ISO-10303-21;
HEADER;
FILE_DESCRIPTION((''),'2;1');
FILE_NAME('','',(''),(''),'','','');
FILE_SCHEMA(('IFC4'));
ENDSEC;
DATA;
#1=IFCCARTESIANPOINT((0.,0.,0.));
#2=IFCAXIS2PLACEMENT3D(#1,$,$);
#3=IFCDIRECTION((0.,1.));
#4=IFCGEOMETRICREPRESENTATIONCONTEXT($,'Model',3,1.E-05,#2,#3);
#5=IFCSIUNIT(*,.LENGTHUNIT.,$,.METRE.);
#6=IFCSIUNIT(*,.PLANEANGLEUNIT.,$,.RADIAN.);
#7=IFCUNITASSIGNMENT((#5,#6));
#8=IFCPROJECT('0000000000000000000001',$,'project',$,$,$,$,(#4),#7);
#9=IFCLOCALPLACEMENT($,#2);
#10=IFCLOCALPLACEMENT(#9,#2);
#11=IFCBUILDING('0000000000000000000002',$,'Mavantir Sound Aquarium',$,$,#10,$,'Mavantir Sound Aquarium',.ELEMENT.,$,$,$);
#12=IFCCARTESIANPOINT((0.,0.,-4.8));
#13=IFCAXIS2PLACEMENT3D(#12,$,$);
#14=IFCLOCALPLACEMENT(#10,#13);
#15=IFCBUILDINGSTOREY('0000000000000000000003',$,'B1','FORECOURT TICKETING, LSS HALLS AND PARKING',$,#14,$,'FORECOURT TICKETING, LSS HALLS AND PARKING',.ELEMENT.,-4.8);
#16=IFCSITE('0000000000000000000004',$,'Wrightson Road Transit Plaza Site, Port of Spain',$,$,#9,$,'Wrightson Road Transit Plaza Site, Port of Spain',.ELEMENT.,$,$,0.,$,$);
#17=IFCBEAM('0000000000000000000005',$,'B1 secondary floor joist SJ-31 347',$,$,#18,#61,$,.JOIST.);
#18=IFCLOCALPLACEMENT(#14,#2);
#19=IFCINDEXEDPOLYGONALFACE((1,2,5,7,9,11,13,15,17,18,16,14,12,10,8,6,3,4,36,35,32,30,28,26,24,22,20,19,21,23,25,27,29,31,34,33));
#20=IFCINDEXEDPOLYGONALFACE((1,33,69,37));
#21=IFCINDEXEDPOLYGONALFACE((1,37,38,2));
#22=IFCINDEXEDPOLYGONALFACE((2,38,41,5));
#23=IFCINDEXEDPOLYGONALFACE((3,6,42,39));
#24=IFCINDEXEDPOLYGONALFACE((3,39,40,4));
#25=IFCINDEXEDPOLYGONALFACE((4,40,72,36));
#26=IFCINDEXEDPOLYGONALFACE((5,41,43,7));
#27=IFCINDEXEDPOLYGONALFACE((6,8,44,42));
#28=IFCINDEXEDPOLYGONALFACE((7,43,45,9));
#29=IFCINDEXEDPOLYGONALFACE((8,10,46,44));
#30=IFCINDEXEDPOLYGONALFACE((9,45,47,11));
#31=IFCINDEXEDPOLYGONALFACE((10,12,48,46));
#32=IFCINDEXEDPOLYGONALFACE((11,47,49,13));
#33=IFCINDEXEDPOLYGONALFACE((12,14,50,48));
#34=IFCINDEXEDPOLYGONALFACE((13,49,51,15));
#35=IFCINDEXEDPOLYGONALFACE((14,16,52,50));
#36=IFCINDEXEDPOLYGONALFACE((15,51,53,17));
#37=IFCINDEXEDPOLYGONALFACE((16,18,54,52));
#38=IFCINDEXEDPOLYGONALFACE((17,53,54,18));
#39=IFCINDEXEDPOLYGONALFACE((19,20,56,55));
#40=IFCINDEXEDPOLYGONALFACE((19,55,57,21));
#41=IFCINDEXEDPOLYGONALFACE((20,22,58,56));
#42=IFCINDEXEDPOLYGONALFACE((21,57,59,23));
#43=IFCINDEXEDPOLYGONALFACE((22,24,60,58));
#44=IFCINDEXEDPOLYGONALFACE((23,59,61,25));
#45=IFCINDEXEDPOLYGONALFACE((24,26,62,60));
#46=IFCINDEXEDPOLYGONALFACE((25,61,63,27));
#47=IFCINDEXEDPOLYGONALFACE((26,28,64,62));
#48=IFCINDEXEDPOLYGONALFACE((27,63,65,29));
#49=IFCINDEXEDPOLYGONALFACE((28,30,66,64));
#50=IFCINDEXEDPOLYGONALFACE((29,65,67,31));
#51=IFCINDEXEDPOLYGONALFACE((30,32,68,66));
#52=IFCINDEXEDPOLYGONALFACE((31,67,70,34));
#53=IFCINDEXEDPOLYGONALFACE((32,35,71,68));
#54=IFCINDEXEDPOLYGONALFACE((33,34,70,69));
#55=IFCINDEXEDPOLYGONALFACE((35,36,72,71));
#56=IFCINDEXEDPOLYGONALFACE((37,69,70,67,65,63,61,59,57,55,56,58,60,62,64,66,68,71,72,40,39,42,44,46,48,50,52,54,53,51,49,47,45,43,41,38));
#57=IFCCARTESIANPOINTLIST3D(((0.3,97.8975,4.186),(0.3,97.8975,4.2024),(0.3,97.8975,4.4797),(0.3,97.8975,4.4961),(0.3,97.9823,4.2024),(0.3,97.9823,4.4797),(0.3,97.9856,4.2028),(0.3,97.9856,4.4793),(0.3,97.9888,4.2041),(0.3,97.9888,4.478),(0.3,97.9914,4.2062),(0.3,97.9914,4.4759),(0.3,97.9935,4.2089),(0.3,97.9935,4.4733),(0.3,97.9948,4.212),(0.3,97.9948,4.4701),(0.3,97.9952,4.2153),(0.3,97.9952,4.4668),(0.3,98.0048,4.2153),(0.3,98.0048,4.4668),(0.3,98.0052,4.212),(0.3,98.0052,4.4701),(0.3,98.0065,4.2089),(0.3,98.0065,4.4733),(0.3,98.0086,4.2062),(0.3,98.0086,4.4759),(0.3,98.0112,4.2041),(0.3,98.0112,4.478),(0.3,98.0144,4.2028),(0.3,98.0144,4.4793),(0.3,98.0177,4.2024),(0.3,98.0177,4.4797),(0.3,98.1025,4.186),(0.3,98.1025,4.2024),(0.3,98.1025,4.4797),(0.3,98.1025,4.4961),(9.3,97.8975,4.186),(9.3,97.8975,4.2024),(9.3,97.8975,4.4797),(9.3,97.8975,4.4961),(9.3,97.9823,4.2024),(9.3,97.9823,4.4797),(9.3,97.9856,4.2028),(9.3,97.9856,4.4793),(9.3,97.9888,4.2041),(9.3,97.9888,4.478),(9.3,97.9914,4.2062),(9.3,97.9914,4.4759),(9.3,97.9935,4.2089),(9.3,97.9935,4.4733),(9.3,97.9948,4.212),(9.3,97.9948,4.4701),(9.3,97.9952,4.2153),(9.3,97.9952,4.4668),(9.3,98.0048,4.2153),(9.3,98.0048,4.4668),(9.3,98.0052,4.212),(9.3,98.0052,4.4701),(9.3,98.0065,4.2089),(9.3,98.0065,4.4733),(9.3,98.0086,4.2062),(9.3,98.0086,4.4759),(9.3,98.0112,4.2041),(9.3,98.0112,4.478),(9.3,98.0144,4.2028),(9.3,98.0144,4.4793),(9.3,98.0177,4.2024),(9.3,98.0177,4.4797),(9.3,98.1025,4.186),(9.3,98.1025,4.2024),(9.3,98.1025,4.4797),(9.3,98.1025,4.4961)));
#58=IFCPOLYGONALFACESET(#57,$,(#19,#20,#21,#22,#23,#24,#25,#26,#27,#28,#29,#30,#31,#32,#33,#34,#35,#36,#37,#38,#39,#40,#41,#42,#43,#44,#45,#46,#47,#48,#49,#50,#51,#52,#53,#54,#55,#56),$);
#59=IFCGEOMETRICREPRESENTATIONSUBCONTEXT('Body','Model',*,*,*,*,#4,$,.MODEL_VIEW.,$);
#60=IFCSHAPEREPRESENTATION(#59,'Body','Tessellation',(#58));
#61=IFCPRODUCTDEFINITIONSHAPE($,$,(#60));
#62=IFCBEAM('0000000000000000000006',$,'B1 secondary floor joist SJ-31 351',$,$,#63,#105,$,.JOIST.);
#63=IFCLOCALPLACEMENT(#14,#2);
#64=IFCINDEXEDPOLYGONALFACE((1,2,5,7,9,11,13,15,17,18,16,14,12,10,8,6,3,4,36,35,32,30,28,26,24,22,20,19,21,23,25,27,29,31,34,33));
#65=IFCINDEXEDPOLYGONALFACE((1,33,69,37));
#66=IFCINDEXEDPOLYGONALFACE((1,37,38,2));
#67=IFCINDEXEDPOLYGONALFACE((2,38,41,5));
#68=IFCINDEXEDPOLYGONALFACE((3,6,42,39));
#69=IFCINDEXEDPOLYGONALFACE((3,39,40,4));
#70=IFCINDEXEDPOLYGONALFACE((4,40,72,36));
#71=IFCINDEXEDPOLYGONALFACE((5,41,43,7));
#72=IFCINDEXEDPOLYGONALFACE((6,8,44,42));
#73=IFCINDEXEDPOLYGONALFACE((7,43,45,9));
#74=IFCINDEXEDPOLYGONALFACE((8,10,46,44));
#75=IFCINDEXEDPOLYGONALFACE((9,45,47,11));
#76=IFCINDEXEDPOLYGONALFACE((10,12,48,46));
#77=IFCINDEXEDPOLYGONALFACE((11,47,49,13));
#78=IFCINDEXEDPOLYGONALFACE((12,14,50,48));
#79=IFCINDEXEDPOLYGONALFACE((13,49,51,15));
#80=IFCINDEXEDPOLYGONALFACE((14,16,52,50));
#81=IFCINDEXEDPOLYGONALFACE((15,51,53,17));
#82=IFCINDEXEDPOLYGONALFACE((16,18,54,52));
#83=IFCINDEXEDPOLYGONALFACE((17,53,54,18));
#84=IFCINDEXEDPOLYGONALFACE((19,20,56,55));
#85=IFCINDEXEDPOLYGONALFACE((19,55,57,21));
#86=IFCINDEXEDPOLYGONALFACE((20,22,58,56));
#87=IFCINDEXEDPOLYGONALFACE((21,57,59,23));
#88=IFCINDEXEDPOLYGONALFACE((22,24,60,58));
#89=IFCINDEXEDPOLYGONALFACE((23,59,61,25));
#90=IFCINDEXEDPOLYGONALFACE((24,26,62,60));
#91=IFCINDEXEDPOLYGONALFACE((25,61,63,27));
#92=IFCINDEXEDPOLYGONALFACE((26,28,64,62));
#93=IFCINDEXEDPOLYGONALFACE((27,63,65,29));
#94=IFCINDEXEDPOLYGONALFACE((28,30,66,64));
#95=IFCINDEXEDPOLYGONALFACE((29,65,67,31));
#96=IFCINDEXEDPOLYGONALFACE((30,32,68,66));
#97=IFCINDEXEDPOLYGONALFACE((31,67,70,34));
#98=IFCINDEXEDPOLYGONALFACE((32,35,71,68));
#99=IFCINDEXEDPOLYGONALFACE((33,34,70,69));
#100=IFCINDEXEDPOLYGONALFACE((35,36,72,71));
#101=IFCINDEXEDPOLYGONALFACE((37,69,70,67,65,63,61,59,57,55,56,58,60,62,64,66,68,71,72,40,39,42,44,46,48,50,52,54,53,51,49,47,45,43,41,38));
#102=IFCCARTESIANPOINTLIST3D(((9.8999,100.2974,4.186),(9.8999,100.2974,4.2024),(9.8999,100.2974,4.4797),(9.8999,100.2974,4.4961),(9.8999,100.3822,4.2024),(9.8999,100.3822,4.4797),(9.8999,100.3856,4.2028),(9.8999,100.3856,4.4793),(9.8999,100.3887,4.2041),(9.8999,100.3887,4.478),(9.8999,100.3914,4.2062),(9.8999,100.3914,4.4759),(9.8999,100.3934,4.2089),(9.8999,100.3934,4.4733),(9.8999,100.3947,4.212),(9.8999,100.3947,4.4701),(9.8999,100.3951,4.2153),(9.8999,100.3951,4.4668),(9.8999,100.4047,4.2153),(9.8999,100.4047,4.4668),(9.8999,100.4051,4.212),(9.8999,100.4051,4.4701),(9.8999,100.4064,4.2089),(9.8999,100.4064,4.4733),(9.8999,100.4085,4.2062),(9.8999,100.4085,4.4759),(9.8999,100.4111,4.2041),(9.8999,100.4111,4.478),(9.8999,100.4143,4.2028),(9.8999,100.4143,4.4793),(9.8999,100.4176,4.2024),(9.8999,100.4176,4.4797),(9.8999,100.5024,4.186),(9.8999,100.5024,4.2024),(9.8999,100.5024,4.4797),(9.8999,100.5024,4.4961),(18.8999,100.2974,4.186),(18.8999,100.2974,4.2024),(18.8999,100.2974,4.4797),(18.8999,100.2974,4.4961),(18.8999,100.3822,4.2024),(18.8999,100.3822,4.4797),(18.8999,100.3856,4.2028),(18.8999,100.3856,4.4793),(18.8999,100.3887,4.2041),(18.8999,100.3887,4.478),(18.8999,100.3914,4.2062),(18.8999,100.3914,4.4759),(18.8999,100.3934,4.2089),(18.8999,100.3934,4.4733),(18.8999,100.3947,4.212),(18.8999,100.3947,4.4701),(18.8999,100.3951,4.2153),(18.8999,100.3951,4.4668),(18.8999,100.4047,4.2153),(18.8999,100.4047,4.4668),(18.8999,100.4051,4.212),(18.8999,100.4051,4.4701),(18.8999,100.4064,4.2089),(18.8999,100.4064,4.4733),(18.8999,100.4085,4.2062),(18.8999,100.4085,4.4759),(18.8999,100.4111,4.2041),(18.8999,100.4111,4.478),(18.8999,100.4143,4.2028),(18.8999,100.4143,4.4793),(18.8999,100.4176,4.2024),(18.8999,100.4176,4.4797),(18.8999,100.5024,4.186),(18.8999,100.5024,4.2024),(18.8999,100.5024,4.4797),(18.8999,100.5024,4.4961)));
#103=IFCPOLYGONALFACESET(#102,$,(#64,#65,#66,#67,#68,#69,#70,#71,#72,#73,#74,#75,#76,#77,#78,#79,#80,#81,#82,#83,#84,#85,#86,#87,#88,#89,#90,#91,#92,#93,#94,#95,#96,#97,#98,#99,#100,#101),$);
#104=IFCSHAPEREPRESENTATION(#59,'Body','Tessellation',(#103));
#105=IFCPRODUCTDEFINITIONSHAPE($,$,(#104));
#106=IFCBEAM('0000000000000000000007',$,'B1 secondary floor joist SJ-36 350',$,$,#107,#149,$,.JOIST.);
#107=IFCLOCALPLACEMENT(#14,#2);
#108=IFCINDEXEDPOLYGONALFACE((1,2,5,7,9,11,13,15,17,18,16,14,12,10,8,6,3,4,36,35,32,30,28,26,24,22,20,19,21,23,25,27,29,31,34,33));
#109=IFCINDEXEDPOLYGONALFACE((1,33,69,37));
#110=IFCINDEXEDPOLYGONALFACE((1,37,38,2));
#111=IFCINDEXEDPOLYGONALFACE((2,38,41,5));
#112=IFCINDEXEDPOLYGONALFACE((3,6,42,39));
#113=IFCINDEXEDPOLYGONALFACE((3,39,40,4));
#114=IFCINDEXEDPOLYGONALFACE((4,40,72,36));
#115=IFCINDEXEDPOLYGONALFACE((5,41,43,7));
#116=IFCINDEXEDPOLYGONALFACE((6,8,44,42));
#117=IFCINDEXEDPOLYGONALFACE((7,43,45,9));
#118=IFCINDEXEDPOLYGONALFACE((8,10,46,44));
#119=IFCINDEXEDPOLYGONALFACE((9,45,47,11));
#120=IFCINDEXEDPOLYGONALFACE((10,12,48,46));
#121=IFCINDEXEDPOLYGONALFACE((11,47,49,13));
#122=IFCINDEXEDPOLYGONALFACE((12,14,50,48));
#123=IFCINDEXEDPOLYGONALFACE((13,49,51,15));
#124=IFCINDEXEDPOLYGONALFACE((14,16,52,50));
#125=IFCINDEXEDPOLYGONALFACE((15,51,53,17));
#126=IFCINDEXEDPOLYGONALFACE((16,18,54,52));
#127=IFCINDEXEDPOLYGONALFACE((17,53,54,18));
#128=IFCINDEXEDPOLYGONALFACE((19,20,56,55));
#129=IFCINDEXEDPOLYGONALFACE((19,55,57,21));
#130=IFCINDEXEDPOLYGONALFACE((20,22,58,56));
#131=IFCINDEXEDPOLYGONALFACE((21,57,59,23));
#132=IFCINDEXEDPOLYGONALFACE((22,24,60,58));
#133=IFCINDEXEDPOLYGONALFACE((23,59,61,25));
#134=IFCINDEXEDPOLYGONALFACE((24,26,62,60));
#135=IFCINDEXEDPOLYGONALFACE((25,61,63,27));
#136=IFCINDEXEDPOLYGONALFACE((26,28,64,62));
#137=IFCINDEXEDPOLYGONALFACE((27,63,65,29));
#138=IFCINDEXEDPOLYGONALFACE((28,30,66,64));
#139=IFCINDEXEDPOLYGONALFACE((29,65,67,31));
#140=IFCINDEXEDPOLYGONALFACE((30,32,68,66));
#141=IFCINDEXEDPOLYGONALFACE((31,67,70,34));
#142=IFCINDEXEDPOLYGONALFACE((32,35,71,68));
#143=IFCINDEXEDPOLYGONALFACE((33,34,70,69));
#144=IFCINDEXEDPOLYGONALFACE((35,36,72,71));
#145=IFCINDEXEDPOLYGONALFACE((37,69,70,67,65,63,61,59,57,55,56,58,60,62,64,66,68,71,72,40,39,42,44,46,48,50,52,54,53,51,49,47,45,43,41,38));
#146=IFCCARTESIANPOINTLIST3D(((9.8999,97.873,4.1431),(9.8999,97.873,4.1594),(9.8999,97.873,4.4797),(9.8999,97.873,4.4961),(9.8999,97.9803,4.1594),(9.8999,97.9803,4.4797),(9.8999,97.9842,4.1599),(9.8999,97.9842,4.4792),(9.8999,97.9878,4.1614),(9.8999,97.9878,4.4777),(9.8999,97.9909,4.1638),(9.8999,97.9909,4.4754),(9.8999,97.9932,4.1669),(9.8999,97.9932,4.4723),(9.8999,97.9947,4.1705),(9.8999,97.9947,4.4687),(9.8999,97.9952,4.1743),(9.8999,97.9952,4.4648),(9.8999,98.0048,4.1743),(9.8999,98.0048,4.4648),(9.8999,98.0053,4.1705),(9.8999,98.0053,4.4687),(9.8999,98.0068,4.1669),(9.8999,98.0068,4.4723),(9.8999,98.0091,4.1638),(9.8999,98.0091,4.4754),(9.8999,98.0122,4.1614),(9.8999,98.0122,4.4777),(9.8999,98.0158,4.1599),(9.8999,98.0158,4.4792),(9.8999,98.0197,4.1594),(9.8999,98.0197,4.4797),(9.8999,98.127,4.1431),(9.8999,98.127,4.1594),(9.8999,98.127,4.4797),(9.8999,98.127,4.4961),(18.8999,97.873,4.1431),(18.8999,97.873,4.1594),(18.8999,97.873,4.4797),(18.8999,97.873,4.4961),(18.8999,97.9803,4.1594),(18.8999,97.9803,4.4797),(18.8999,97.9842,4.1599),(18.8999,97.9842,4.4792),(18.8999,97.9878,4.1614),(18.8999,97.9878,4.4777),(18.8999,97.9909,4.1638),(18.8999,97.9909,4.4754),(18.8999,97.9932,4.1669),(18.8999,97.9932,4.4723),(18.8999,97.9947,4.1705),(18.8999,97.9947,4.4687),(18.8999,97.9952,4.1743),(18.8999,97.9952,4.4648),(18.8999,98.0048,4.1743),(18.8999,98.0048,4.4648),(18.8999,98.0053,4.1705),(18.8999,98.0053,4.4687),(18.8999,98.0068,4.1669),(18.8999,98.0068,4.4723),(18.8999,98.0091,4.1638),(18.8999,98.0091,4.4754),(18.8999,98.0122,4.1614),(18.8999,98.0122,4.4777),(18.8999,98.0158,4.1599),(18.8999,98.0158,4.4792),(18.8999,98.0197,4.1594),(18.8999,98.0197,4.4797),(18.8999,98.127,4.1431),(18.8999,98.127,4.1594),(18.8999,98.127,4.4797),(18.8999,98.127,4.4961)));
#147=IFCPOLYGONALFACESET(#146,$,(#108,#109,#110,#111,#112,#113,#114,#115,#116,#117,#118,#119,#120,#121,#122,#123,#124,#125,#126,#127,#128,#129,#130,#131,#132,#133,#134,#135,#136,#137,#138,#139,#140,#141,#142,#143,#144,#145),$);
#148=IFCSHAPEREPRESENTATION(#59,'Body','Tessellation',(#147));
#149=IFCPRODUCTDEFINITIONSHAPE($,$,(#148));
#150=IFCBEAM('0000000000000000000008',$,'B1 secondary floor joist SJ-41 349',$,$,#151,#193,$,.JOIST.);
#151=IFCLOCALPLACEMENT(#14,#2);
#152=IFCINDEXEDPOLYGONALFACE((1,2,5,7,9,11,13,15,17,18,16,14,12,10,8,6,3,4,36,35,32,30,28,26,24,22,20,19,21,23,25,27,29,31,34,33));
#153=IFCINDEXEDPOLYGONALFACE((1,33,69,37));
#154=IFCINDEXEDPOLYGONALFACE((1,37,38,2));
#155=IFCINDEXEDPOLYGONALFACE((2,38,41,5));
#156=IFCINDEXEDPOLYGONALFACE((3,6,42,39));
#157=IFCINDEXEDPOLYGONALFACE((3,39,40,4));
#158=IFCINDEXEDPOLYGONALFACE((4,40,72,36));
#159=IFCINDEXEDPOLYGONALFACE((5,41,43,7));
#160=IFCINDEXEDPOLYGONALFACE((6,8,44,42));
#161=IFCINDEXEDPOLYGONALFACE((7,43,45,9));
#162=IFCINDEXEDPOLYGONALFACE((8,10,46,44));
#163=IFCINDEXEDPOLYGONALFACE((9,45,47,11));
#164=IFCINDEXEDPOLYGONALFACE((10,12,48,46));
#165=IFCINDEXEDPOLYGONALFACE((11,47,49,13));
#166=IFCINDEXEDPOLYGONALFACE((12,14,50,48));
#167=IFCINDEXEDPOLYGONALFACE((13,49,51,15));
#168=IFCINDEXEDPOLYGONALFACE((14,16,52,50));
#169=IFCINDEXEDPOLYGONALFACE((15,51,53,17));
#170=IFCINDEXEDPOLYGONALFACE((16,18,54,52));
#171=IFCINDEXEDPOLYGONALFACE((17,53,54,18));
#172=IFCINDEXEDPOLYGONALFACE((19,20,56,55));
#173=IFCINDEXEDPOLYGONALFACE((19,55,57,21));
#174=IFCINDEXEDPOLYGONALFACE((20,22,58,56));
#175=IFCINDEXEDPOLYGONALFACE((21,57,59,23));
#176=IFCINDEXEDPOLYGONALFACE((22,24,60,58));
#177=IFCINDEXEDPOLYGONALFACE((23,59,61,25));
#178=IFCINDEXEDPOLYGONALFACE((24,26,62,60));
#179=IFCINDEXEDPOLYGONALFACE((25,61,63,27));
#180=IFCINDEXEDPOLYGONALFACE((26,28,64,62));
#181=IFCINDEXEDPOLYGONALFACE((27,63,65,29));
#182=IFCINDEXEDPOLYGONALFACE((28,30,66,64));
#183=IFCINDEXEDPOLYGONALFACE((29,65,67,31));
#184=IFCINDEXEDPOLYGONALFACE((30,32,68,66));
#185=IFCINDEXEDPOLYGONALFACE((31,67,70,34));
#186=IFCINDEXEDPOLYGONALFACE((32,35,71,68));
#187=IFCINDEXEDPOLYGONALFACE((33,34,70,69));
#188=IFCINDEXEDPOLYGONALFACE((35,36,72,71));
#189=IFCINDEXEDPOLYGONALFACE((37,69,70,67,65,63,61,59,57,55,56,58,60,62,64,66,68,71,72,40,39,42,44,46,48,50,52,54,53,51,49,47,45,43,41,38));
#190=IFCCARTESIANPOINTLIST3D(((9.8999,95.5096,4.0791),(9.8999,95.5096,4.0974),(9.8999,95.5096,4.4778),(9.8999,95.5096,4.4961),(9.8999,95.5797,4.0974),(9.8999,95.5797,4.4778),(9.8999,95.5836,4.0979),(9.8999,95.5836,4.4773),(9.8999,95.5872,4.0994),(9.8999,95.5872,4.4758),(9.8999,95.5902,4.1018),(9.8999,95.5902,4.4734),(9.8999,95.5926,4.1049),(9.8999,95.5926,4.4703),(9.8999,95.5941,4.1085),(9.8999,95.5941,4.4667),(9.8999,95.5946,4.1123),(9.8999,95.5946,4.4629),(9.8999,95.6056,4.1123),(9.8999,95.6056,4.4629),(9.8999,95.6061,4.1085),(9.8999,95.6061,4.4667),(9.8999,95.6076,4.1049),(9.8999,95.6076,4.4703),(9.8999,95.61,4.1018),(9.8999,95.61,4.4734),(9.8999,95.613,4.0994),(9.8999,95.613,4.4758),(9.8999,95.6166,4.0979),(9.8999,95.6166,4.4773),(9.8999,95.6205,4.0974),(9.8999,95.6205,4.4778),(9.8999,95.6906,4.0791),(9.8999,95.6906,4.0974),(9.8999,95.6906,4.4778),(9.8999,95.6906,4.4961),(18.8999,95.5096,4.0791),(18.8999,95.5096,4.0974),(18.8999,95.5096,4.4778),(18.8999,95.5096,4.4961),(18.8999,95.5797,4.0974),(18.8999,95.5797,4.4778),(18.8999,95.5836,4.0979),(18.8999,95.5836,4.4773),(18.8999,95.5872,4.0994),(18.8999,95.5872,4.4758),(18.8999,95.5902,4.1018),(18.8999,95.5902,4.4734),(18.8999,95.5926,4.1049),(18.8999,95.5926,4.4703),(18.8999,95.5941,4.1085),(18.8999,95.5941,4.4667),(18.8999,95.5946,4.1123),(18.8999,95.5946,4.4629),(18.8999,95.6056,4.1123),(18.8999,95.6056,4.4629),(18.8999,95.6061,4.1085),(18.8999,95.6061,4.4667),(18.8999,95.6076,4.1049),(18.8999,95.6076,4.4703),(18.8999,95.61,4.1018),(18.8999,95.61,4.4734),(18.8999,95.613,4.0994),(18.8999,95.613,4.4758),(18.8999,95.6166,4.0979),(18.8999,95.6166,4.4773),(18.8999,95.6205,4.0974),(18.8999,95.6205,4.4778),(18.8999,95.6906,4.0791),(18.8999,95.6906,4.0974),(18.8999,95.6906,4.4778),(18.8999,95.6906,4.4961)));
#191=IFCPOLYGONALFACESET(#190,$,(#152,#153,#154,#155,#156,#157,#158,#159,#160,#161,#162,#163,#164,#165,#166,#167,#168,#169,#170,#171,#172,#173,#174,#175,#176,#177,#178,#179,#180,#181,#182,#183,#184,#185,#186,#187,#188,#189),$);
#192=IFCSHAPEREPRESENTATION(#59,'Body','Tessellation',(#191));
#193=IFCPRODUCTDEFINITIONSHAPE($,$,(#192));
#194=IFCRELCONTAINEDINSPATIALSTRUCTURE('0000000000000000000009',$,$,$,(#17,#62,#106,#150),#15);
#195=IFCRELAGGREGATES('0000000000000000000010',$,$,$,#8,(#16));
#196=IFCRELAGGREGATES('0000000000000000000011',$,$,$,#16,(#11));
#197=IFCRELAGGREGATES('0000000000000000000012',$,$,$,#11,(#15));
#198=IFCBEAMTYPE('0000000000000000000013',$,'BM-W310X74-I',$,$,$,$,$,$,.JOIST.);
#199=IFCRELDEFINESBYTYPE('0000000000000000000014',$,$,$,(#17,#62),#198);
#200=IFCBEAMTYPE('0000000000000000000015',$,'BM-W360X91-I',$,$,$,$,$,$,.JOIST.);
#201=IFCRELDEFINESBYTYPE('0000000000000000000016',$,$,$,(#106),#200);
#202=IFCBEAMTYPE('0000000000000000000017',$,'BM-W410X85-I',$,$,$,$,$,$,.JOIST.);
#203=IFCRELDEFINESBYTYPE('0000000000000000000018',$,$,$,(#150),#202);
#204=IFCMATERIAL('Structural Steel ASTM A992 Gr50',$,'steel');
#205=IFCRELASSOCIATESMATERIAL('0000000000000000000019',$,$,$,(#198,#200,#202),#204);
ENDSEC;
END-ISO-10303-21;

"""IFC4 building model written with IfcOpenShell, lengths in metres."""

from ifc_helpers import new_model, si_unit, direction, frame, origin, origin_2d, place, context, subcontext, project, spatial, i_section, extrude, material, material_profile, profile_set, type_object, element, save


model = new_model("IFC4")

# Units and contexts
model_context = context("Model", 3, precision=1e-05, world=origin(), true_north=direction((0.0, 1.0)))
body_context = subcontext(model_context, "Body", "Model", "MODEL_VIEW")
ifc_project = project(units=[si_unit("LENGTHUNIT", "METRE"), si_unit("PLANEANGLEUNIT", "RADIAN")], contexts=[model_context])

# Site, building, storey
site_placement = place(None, origin())
site = spatial("IfcSite", under=ifc_project, at=site_placement, Name="Wrightson Road Transit Plaza Site, Port of Spain", LongName="Wrightson Road Transit Plaza Site, Port of Spain", CompositionType="ELEMENT", RefElevation=0.0)
building_placement = place(site_placement, origin())
building = spatial("IfcBuilding", under=site, at=building_placement, Name="Mavantir Sound Aquarium", LongName="Mavantir Sound Aquarium", CompositionType="ELEMENT")
storey_placement = place(building_placement, frame((0.0, 0.0, -4.8)))
storey = spatial("IfcBuildingStorey", under=building, at=storey_placement, Name="B1", Description="FORECOURT TICKETING, LSS HALLS AND PARKING", LongName="FORECOURT TICKETING, LSS HALLS AND PARKING", CompositionType="ELEMENT", Elevation=-4.8)

# Beams
ifc_material_1 = material(Name="Structural Steel ASTM A992 Gr50", Category="steel")
ifc_material_profile_1 = material_profile(ifc_material_1, i_section(OverallWidth=0.2051, OverallDepth=0.3101, WebThickness=0.0095, FlangeThickness=0.0164, FilletRadius=0.0129, at=origin_2d()), Name="W310X74")
ifc_profile_set_1 = profile_set([ifc_material_profile_1], Name="Structural Steel ASTM A992 Gr50")
beam_type_1 = type_object("IfcBeamType", Name="BM-W310X74-I", PredefinedType="JOIST", material=ifc_profile_set_1)
for number, where, z_axis, x_axis, name in (
    (1, (0.3, 98.0, 4.3411), (1.0, 0.0, 0.0), (0.0, 1.0, 0.0), "B1 secondary floor joist SJ-31 347"),
    (2, (9.8999, 100.3999, 4.3411), (1.0, 0.0, 0.0), (0.0, 1.0, 0.0), "B1 secondary floor joist SJ-31 351"),
):
    element("IfcBeam", number, at=place(storey_placement, frame(where, z_axis=z_axis, x_axis=x_axis)), inside=storey, type_object=beam_type_1, Name=name, PredefinedType="JOIST", context=body_context, shape_type="SweptSolid", body=[
        extrude(i_section(OverallWidth=0.2051, OverallDepth=0.3101, WebThickness=0.0095, FlangeThickness=0.0164, FilletRadius=0.0129, at=origin_2d()), origin(), (0.0, 0.0, 1.0), 9.0),
    ])
ifc_material_profile_2 = material_profile(ifc_material_1, i_section(OverallWidth=0.2539, OverallDepth=0.353, WebThickness=0.0095, FlangeThickness=0.0164, FilletRadius=0.0149, at=origin_2d()), Name="W360X91")
ifc_profile_set_2 = profile_set([ifc_material_profile_2], Name="Structural Steel ASTM A992 Gr50")
beam_type_2 = type_object("IfcBeamType", Name="BM-W360X91-I", PredefinedType="JOIST", material=ifc_profile_set_2)
beam_1_placement = place(storey_placement, frame((9.8999, 98.0, 4.3196), z_axis=(1.0, 0.0, 0.0), x_axis=(0.0, 1.0, 0.0)))
element("IfcBeam", 3, at=beam_1_placement, inside=storey, type_object=beam_type_2, Name="B1 secondary floor joist SJ-36 350", PredefinedType="JOIST", context=body_context, shape_type="SweptSolid", body=[
    extrude(i_section(OverallWidth=0.2539, OverallDepth=0.353, WebThickness=0.0095, FlangeThickness=0.0164, FilletRadius=0.0149, at=origin_2d()), origin(), (0.0, 0.0, 1.0), 9.0),
])
ifc_material_profile_3 = material_profile(ifc_material_1, i_section(OverallWidth=0.1809, OverallDepth=0.417, WebThickness=0.011, FlangeThickness=0.0183, FilletRadius=0.0149, at=origin_2d()), Name="W410X85")
ifc_profile_set_3 = profile_set([ifc_material_profile_3], Name="Structural Steel ASTM A992 Gr50")
beam_type_3 = type_object("IfcBeamType", Name="BM-W410X85-I", PredefinedType="JOIST", material=ifc_profile_set_3)
beam_2_placement = place(storey_placement, frame((9.8999, 95.6001, 4.2876), z_axis=(1.0, 0.0, 0.0), x_axis=(0.0, 1.0, 0.0)))
element("IfcBeam", 4, at=beam_2_placement, inside=storey, type_object=beam_type_3, Name="B1 secondary floor joist SJ-41 349", PredefinedType="JOIST", context=body_context, shape_type="SweptSolid", body=[
    extrude(i_section(OverallWidth=0.1809, OverallDepth=0.417, WebThickness=0.011, FlangeThickness=0.0183, FilletRadius=0.0149, at=origin_2d()), origin(), (0.0, 0.0, 1.0), 9.0),
])

save(model, "model.ifc")
